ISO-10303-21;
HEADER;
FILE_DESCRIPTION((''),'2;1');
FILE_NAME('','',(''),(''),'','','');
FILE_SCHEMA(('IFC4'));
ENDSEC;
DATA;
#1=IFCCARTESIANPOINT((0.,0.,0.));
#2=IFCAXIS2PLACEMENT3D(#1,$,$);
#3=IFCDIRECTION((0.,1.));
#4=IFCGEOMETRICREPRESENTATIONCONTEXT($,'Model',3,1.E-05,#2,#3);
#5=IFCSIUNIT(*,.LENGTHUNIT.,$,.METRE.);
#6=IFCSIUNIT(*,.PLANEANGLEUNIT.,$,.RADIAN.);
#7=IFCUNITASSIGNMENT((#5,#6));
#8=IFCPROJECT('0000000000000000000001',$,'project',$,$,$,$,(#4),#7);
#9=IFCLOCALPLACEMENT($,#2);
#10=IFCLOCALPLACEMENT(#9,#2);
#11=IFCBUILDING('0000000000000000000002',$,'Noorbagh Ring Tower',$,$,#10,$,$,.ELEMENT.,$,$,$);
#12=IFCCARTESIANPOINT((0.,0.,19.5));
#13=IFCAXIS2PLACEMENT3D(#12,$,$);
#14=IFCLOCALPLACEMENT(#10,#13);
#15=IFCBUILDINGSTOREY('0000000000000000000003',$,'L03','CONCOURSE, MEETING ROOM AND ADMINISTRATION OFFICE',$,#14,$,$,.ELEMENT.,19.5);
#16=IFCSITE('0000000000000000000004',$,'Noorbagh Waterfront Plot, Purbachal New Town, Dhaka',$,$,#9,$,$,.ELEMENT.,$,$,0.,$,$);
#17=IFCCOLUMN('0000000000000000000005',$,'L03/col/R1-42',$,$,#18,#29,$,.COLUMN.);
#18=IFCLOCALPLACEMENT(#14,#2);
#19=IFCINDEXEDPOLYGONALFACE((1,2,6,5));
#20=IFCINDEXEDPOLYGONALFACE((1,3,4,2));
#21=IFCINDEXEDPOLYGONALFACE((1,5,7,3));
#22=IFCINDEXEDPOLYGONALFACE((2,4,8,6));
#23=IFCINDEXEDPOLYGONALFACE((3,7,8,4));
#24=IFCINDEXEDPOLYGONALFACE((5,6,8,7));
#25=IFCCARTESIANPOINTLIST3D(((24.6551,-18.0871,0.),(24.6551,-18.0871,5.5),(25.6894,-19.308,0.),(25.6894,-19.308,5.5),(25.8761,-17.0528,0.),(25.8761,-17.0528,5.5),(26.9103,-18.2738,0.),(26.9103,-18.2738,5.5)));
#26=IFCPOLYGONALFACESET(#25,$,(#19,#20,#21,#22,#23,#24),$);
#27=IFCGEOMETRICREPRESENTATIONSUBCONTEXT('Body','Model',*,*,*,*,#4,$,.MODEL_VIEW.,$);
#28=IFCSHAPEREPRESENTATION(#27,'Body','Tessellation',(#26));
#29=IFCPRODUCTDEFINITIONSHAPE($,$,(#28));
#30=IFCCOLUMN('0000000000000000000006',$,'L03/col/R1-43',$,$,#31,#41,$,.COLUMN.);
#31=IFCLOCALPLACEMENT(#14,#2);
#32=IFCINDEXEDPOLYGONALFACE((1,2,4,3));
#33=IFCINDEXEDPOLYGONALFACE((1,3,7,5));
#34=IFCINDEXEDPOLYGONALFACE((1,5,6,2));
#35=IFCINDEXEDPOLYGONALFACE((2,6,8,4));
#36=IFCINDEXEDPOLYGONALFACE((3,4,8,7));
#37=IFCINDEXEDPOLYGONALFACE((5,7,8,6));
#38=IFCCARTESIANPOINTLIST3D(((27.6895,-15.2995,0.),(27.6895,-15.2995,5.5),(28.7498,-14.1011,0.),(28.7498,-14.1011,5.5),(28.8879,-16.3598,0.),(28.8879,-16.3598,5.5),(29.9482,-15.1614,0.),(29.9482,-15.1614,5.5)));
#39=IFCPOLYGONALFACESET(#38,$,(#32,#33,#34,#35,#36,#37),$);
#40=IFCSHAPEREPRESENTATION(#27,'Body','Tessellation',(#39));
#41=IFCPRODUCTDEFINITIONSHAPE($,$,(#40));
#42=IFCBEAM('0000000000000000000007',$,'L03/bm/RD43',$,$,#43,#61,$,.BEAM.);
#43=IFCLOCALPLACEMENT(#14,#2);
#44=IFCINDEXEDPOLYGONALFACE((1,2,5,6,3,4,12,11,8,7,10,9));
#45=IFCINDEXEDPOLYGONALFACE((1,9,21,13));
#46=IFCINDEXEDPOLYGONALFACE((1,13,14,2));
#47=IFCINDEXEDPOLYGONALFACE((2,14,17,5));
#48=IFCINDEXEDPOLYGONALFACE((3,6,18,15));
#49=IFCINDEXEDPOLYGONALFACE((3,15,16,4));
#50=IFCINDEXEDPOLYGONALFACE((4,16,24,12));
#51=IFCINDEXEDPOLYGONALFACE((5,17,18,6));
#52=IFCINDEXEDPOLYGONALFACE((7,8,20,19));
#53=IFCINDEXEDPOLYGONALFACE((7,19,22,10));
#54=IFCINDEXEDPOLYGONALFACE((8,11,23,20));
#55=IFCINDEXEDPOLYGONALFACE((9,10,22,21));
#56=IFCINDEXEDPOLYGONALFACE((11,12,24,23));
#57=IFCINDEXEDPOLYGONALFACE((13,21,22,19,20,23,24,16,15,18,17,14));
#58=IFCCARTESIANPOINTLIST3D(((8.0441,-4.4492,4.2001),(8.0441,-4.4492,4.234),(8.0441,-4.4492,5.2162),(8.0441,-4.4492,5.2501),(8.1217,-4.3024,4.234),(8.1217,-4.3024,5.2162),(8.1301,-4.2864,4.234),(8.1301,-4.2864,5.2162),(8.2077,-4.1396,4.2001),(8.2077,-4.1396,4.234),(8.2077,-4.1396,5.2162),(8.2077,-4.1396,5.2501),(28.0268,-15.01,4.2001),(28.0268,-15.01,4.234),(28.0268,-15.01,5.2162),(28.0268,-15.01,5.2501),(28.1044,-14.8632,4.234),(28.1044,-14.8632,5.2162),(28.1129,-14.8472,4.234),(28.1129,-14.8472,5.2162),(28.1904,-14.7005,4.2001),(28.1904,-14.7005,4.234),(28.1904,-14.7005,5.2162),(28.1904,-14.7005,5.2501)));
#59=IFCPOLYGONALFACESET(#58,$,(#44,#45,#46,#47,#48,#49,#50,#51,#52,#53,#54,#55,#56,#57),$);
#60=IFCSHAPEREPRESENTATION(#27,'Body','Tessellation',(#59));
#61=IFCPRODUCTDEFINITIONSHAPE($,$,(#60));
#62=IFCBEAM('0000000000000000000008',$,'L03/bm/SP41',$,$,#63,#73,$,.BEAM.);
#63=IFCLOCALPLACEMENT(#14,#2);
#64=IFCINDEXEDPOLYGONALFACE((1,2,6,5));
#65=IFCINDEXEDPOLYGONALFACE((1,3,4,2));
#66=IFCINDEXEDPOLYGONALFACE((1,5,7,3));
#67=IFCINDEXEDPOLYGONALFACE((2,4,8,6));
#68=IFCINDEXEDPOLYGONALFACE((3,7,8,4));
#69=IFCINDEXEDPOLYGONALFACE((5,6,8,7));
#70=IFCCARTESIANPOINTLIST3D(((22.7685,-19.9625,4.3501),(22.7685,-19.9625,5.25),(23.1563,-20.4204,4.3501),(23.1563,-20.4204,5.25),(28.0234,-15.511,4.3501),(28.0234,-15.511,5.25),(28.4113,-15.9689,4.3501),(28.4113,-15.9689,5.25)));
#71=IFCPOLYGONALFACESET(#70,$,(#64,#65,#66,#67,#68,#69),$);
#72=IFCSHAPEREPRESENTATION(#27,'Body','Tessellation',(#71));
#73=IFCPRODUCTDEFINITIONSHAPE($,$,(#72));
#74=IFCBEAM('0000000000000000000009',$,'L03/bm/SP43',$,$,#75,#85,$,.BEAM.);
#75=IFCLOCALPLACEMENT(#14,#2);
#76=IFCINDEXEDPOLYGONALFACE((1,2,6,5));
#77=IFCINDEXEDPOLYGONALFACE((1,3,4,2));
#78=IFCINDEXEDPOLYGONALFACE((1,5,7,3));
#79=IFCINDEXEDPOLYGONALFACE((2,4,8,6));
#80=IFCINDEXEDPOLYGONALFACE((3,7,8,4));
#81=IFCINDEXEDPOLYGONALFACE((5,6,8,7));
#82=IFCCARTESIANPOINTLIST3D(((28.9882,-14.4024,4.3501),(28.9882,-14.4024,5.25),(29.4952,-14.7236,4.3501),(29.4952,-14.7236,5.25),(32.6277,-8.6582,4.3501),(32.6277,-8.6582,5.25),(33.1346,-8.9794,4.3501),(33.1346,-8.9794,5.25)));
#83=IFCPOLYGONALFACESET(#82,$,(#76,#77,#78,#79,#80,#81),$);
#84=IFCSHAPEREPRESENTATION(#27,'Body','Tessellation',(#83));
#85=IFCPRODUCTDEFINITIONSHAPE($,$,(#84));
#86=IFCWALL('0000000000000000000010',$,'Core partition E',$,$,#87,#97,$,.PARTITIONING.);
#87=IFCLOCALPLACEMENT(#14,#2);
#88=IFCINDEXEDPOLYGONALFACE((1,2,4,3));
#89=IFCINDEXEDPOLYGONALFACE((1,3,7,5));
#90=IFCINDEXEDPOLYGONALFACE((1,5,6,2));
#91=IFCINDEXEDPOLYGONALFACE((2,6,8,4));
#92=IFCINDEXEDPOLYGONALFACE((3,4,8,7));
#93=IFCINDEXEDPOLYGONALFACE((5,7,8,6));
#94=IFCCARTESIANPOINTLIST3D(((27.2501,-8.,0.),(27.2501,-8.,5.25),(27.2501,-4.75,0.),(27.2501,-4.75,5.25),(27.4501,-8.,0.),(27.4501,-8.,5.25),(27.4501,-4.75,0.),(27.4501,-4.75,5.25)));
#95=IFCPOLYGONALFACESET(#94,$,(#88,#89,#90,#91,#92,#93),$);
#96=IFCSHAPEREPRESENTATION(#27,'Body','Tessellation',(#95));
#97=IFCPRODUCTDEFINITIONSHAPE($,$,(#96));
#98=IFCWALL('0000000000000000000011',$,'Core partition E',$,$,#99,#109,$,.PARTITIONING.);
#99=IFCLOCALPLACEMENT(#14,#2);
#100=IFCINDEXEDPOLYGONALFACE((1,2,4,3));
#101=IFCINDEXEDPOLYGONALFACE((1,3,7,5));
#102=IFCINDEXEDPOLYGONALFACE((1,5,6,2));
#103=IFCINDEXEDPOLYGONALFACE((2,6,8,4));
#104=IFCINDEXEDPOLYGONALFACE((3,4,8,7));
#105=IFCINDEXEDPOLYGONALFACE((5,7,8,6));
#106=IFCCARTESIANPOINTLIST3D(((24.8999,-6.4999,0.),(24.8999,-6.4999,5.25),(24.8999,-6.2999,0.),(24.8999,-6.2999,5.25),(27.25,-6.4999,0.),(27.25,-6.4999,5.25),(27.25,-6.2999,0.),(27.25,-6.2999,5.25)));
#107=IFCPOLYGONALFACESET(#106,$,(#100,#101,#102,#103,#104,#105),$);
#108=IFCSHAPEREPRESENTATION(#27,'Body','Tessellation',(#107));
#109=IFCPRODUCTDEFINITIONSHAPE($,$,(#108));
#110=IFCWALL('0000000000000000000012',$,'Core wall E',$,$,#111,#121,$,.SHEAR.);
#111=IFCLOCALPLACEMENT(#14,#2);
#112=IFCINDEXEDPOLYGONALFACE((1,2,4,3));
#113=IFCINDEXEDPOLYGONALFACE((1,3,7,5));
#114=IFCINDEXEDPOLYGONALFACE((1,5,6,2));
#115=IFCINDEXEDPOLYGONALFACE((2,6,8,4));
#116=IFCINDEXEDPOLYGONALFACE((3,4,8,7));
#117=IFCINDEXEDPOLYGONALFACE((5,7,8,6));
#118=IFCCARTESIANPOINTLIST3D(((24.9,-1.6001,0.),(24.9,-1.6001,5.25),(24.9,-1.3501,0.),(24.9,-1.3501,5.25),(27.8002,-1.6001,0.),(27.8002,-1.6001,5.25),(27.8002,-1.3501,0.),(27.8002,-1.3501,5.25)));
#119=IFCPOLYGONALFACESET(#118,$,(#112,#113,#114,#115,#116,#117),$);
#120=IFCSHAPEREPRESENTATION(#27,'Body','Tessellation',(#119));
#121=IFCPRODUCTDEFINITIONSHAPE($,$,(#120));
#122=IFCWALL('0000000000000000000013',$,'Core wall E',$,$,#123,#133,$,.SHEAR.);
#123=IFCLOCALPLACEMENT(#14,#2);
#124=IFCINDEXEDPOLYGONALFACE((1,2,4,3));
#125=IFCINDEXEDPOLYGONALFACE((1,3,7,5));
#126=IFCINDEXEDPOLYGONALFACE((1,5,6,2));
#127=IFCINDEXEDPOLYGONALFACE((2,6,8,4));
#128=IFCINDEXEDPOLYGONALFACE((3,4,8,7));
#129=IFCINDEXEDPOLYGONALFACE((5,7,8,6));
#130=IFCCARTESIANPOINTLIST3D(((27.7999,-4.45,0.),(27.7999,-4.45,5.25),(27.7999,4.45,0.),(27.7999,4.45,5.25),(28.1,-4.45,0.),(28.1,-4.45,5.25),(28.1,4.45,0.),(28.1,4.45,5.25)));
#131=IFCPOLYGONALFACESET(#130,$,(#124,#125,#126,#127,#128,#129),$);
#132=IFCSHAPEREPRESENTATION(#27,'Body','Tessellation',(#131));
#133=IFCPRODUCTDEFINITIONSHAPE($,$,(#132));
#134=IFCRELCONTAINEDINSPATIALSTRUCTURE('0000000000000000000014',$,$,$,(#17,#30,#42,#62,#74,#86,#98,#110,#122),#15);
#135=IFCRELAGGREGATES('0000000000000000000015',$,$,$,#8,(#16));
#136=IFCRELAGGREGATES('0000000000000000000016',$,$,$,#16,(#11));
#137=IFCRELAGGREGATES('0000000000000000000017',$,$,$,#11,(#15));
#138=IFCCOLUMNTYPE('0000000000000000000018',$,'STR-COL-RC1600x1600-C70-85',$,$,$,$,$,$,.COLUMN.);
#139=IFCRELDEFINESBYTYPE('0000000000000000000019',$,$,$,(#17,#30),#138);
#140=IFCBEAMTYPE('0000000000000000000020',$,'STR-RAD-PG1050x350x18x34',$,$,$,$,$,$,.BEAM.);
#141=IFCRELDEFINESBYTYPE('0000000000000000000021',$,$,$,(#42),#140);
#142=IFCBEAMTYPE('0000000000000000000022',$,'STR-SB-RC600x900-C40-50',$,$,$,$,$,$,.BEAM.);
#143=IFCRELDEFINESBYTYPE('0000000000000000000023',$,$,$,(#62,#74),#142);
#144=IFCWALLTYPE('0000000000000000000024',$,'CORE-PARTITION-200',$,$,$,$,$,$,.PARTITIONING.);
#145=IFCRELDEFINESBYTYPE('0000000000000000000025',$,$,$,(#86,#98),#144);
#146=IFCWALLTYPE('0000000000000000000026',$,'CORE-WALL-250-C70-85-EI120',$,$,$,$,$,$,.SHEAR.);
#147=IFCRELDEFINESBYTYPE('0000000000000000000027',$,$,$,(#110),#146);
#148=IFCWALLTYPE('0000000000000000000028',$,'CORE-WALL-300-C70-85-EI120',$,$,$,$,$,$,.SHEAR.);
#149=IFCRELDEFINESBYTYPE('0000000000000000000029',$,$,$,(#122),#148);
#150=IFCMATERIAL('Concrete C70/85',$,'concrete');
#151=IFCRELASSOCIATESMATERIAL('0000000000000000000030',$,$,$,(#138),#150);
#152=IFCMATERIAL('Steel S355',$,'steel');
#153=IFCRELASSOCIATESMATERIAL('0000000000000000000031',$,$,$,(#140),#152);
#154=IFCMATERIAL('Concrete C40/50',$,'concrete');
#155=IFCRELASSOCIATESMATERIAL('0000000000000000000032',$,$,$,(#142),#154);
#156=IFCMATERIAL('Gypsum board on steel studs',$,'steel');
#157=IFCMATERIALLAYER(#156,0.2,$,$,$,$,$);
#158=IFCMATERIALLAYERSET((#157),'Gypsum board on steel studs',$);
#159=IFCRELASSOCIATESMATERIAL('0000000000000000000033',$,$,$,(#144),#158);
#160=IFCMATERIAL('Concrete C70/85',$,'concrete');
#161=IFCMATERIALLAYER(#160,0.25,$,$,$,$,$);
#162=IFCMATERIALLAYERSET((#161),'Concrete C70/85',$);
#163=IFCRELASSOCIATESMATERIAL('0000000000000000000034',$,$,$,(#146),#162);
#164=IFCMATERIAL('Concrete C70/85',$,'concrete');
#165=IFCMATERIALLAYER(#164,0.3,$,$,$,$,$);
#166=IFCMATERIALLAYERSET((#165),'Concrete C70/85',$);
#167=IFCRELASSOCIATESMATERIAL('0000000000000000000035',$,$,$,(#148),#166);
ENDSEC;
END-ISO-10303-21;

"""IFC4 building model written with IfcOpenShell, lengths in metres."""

from ifc_helpers import new_model, si_unit, direction, frame, frame_2d, origin, origin_2d, place, context, subcontext, project, spatial, rectangle, i_section, extrude, material, layer, layer_set, material_profile, profile_set, type_object, element, save


model = new_model("IFC4")

# Units and contexts
model_context = context("Model", 3, precision=1e-05, world=origin(), true_north=direction((0.0, 1.0)))
body_context = subcontext(model_context, "Body", "Model", "MODEL_VIEW")
ifc_project = project(units=[si_unit("LENGTHUNIT", "METRE"), si_unit("PLANEANGLEUNIT", "RADIAN")], contexts=[model_context])

# Site, building, storey
site_placement = place(None, origin())
site = spatial("IfcSite", under=ifc_project, at=site_placement, Name="Noorbagh Waterfront Plot, Purbachal New Town, Dhaka", CompositionType="ELEMENT", RefElevation=0.0)
building_placement = place(site_placement, origin())
building = spatial("IfcBuilding", under=site, at=building_placement, Name="Noorbagh Ring Tower", CompositionType="ELEMENT")
storey_placement = place(building_placement, frame((0.0, 0.0, 19.5)))
storey = spatial("IfcBuildingStorey", under=building, at=storey_placement, Name="L03", Description="CONCOURSE, MEETING ROOM AND ADMINISTRATION OFFICE", CompositionType="ELEMENT", Elevation=19.5)

# Columns
ifc_material_1 = material(Name="Concrete C70/85", Category="concrete")
ifc_material_profile_1 = material_profile(ifc_material_1, rectangle(XDim=1.6001, YDim=1.6001, at=origin_2d()), Name="RC1600x1600")
ifc_profile_set_1 = profile_set([ifc_material_profile_1], Name="Concrete C70/85")
column_type = type_object("IfcColumnType", Name="STR-COL-RC1600x1600-C70-85", PredefinedType="COLUMN", material=ifc_profile_set_1)
for number, where, z_axis, x_axis, name in (
    (1, (25.7827, -18.1804, 0.0), (0.0, 0.0, 1.0), (0.763035, 0.646357, 0.0), "L03/col/R1-42"),
    (2, (28.8188, -15.2305, 0.0), (0.0, 0.0, 1.0), (0.662636, 0.748942, 0.0), "L03/col/R1-43"),
):
    element("IfcColumn", number, at=place(storey_placement, frame(where, z_axis=z_axis, x_axis=x_axis)), inside=storey, type_object=column_type, Name=name, PredefinedType="COLUMN", context=body_context, shape_type="SweptSolid", body=[
        extrude(rectangle(XDim=1.6001, YDim=1.6001, at=origin_2d()), origin(), (0.0, 0.0, 1.0), 5.5),
    ])

# Beams
ifc_material_2 = material(Name="Steel S355", Category="steel")
ifc_material_profile_2 = material_profile(ifc_material_2, i_section(OverallWidth=0.3501, OverallDepth=1.05, WebThickness=0.0181, FlangeThickness=0.0339, at=origin_2d()), Name="PG1050x350x18x34")
ifc_profile_set_2 = profile_set([ifc_material_profile_2], Name="Steel S355")
beam_type_1 = type_object("IfcBeamType", Name="STR-RAD-PG1050x350x18x34", PredefinedType="BEAM", material=ifc_profile_set_2)
beam_1_placement = place(storey_placement, frame((28.1086, -14.8552, 4.7251), z_axis=(-0.884122, 0.467256, 0.0), x_axis=(-0.467256, -0.884122, 0.0)))
element("IfcBeam", 3, at=beam_1_placement, inside=storey, type_object=beam_type_1, Name="L03/bm/RD43", PredefinedType="BEAM", context=body_context, shape_type="SweptSolid", body=[
    extrude(i_section(OverallWidth=0.3501, OverallDepth=1.05, WebThickness=0.0181, FlangeThickness=0.0339, at=origin_2d()), origin(), (0.0, 0.0, 1.0), 22.6018),
])
ifc_material_3 = material(Name="Concrete C40/50", Category="concrete")
ifc_material_profile_3 = material_profile(ifc_material_3, rectangle(XDim=0.6001, YDim=0.8999, at=origin_2d()), Name="RC600x900")
ifc_profile_set_3 = profile_set([ifc_material_profile_3], Name="Concrete C40/50")
beam_type_2 = type_object("IfcBeamType", Name="STR-SB-RC600x900-C40-50", PredefinedType="BEAM", material=ifc_profile_set_3)
beam_2_placement = place(storey_placement, frame((22.9624, -20.1914, 4.8), z_axis=(0.76303, 0.646363, 0.0), x_axis=(-0.646363, 0.76303, 0.0)))
element("IfcBeam", 4, at=beam_2_placement, inside=storey, type_object=beam_type_2, Name="L03/bm/SP41", PredefinedType="BEAM", context=body_context, shape_type="SweptSolid", body=[
    extrude(rectangle(XDim=0.6001, YDim=0.8999, at=origin_2d()), origin(), (0.0, 0.0, 1.0), 6.887),
])
beam_3_placement = place(storey_placement, frame((29.2417, -14.563, 4.8), z_axis=(0.535204, 0.844723, 0.0), x_axis=(-0.844723, 0.535204, 0.0)))
element("IfcBeam", 5, at=beam_3_placement, inside=storey, type_object=beam_type_2, Name="L03/bm/SP43", PredefinedType="BEAM", context=body_context, shape_type="SweptSolid", body=[
    extrude(rectangle(XDim=0.6001, YDim=0.8999, at=origin_2d()), origin(), (0.0, 0.0, 1.0), 6.8),
])

# Walls
ifc_material_4 = material(Name="Gypsum board on steel studs", Category="steel")
ifc_layer_1 = layer(ifc_material_4, 0.2)
ifc_layer_set_1 = layer_set([ifc_layer_1], Name="Gypsum board on steel studs")
wall_type_1 = type_object("IfcWallType", Name="CORE-PARTITION-200", PredefinedType="PARTITIONING", material=ifc_layer_set_1)
wall_1_placement = place(storey_placement, frame((27.3501, -8.0, 0.0), z_axis=(0.0, 0.0, 1.0), x_axis=(0.0, 1.0, 0.0)))
element("IfcWall", 6, at=wall_1_placement, inside=storey, type_object=wall_type_1, Name="Core partition E", PredefinedType="PARTITIONING", context=body_context, shape_type="SweptSolid", body=[
    extrude(rectangle(XDim=3.25, YDim=0.2, at=frame_2d((1.625, 0.0))), origin(), (0.0, 0.0, 1.0), 5.25),
])
wall_2_placement = place(storey_placement, frame((24.8999, -6.3999, 0.0), z_axis=(0.0, 0.0, 1.0), x_axis=(1.0, 0.0, 0.0)))
element("IfcWall", 7, at=wall_2_placement, inside=storey, type_object=wall_type_1, Name="Core partition E", PredefinedType="PARTITIONING", context=body_context, shape_type="SweptSolid", body=[
    extrude(rectangle(XDim=2.3501, YDim=0.2, at=frame_2d((1.175, 0.0))), origin(), (0.0, 0.0, 1.0), 5.25),
])
ifc_material_5 = material(Name="Concrete C70/85", Category="concrete")
ifc_layer_2 = layer(ifc_material_5, 0.25)
ifc_layer_set_2 = layer_set([ifc_layer_2], Name="Concrete C70/85")
wall_type_2 = type_object("IfcWallType", Name="CORE-WALL-250-C70-85-EI120", PredefinedType="SHEAR", material=ifc_layer_set_2)
wall_3_placement = place(storey_placement, frame((24.8999, -1.4751, 0.0), z_axis=(0.0, 0.0, 1.0), x_axis=(1.0, 0.0, 0.0)))
element("IfcWall", 8, at=wall_3_placement, inside=storey, type_object=wall_type_2, Name="Core wall E", PredefinedType="SHEAR", context=body_context, shape_type="SweptSolid", body=[
    extrude(rectangle(XDim=2.9001, YDim=0.25, at=frame_2d((1.4502, 0.0))), origin(), (0.0, 0.0, 1.0), 5.25),
])
ifc_material_6 = material(Name="Concrete C70/85", Category="concrete")
ifc_layer_3 = layer(ifc_material_6, 0.3)
ifc_layer_set_3 = layer_set([ifc_layer_3], Name="Concrete C70/85")
wall_type_3 = type_object("IfcWallType", Name="CORE-WALL-300-C70-85-EI120", PredefinedType="SHEAR", material=ifc_layer_set_3)
wall_4_placement = place(storey_placement, frame((27.95, -4.45, 0.0), z_axis=(0.0, 0.0, 1.0), x_axis=(0.0, 1.0, 0.0)))
element("IfcWall", 9, at=wall_4_placement, inside=storey, type_object=wall_type_3, Name="Core wall E", PredefinedType="SHEAR", context=body_context, shape_type="SweptSolid", body=[
    extrude(rectangle(XDim=8.8999, YDim=0.3, at=frame_2d((4.45, 0.0))), origin(), (0.0, 0.0, 1.0), 5.25),
])

save(model, "model.ifc")
